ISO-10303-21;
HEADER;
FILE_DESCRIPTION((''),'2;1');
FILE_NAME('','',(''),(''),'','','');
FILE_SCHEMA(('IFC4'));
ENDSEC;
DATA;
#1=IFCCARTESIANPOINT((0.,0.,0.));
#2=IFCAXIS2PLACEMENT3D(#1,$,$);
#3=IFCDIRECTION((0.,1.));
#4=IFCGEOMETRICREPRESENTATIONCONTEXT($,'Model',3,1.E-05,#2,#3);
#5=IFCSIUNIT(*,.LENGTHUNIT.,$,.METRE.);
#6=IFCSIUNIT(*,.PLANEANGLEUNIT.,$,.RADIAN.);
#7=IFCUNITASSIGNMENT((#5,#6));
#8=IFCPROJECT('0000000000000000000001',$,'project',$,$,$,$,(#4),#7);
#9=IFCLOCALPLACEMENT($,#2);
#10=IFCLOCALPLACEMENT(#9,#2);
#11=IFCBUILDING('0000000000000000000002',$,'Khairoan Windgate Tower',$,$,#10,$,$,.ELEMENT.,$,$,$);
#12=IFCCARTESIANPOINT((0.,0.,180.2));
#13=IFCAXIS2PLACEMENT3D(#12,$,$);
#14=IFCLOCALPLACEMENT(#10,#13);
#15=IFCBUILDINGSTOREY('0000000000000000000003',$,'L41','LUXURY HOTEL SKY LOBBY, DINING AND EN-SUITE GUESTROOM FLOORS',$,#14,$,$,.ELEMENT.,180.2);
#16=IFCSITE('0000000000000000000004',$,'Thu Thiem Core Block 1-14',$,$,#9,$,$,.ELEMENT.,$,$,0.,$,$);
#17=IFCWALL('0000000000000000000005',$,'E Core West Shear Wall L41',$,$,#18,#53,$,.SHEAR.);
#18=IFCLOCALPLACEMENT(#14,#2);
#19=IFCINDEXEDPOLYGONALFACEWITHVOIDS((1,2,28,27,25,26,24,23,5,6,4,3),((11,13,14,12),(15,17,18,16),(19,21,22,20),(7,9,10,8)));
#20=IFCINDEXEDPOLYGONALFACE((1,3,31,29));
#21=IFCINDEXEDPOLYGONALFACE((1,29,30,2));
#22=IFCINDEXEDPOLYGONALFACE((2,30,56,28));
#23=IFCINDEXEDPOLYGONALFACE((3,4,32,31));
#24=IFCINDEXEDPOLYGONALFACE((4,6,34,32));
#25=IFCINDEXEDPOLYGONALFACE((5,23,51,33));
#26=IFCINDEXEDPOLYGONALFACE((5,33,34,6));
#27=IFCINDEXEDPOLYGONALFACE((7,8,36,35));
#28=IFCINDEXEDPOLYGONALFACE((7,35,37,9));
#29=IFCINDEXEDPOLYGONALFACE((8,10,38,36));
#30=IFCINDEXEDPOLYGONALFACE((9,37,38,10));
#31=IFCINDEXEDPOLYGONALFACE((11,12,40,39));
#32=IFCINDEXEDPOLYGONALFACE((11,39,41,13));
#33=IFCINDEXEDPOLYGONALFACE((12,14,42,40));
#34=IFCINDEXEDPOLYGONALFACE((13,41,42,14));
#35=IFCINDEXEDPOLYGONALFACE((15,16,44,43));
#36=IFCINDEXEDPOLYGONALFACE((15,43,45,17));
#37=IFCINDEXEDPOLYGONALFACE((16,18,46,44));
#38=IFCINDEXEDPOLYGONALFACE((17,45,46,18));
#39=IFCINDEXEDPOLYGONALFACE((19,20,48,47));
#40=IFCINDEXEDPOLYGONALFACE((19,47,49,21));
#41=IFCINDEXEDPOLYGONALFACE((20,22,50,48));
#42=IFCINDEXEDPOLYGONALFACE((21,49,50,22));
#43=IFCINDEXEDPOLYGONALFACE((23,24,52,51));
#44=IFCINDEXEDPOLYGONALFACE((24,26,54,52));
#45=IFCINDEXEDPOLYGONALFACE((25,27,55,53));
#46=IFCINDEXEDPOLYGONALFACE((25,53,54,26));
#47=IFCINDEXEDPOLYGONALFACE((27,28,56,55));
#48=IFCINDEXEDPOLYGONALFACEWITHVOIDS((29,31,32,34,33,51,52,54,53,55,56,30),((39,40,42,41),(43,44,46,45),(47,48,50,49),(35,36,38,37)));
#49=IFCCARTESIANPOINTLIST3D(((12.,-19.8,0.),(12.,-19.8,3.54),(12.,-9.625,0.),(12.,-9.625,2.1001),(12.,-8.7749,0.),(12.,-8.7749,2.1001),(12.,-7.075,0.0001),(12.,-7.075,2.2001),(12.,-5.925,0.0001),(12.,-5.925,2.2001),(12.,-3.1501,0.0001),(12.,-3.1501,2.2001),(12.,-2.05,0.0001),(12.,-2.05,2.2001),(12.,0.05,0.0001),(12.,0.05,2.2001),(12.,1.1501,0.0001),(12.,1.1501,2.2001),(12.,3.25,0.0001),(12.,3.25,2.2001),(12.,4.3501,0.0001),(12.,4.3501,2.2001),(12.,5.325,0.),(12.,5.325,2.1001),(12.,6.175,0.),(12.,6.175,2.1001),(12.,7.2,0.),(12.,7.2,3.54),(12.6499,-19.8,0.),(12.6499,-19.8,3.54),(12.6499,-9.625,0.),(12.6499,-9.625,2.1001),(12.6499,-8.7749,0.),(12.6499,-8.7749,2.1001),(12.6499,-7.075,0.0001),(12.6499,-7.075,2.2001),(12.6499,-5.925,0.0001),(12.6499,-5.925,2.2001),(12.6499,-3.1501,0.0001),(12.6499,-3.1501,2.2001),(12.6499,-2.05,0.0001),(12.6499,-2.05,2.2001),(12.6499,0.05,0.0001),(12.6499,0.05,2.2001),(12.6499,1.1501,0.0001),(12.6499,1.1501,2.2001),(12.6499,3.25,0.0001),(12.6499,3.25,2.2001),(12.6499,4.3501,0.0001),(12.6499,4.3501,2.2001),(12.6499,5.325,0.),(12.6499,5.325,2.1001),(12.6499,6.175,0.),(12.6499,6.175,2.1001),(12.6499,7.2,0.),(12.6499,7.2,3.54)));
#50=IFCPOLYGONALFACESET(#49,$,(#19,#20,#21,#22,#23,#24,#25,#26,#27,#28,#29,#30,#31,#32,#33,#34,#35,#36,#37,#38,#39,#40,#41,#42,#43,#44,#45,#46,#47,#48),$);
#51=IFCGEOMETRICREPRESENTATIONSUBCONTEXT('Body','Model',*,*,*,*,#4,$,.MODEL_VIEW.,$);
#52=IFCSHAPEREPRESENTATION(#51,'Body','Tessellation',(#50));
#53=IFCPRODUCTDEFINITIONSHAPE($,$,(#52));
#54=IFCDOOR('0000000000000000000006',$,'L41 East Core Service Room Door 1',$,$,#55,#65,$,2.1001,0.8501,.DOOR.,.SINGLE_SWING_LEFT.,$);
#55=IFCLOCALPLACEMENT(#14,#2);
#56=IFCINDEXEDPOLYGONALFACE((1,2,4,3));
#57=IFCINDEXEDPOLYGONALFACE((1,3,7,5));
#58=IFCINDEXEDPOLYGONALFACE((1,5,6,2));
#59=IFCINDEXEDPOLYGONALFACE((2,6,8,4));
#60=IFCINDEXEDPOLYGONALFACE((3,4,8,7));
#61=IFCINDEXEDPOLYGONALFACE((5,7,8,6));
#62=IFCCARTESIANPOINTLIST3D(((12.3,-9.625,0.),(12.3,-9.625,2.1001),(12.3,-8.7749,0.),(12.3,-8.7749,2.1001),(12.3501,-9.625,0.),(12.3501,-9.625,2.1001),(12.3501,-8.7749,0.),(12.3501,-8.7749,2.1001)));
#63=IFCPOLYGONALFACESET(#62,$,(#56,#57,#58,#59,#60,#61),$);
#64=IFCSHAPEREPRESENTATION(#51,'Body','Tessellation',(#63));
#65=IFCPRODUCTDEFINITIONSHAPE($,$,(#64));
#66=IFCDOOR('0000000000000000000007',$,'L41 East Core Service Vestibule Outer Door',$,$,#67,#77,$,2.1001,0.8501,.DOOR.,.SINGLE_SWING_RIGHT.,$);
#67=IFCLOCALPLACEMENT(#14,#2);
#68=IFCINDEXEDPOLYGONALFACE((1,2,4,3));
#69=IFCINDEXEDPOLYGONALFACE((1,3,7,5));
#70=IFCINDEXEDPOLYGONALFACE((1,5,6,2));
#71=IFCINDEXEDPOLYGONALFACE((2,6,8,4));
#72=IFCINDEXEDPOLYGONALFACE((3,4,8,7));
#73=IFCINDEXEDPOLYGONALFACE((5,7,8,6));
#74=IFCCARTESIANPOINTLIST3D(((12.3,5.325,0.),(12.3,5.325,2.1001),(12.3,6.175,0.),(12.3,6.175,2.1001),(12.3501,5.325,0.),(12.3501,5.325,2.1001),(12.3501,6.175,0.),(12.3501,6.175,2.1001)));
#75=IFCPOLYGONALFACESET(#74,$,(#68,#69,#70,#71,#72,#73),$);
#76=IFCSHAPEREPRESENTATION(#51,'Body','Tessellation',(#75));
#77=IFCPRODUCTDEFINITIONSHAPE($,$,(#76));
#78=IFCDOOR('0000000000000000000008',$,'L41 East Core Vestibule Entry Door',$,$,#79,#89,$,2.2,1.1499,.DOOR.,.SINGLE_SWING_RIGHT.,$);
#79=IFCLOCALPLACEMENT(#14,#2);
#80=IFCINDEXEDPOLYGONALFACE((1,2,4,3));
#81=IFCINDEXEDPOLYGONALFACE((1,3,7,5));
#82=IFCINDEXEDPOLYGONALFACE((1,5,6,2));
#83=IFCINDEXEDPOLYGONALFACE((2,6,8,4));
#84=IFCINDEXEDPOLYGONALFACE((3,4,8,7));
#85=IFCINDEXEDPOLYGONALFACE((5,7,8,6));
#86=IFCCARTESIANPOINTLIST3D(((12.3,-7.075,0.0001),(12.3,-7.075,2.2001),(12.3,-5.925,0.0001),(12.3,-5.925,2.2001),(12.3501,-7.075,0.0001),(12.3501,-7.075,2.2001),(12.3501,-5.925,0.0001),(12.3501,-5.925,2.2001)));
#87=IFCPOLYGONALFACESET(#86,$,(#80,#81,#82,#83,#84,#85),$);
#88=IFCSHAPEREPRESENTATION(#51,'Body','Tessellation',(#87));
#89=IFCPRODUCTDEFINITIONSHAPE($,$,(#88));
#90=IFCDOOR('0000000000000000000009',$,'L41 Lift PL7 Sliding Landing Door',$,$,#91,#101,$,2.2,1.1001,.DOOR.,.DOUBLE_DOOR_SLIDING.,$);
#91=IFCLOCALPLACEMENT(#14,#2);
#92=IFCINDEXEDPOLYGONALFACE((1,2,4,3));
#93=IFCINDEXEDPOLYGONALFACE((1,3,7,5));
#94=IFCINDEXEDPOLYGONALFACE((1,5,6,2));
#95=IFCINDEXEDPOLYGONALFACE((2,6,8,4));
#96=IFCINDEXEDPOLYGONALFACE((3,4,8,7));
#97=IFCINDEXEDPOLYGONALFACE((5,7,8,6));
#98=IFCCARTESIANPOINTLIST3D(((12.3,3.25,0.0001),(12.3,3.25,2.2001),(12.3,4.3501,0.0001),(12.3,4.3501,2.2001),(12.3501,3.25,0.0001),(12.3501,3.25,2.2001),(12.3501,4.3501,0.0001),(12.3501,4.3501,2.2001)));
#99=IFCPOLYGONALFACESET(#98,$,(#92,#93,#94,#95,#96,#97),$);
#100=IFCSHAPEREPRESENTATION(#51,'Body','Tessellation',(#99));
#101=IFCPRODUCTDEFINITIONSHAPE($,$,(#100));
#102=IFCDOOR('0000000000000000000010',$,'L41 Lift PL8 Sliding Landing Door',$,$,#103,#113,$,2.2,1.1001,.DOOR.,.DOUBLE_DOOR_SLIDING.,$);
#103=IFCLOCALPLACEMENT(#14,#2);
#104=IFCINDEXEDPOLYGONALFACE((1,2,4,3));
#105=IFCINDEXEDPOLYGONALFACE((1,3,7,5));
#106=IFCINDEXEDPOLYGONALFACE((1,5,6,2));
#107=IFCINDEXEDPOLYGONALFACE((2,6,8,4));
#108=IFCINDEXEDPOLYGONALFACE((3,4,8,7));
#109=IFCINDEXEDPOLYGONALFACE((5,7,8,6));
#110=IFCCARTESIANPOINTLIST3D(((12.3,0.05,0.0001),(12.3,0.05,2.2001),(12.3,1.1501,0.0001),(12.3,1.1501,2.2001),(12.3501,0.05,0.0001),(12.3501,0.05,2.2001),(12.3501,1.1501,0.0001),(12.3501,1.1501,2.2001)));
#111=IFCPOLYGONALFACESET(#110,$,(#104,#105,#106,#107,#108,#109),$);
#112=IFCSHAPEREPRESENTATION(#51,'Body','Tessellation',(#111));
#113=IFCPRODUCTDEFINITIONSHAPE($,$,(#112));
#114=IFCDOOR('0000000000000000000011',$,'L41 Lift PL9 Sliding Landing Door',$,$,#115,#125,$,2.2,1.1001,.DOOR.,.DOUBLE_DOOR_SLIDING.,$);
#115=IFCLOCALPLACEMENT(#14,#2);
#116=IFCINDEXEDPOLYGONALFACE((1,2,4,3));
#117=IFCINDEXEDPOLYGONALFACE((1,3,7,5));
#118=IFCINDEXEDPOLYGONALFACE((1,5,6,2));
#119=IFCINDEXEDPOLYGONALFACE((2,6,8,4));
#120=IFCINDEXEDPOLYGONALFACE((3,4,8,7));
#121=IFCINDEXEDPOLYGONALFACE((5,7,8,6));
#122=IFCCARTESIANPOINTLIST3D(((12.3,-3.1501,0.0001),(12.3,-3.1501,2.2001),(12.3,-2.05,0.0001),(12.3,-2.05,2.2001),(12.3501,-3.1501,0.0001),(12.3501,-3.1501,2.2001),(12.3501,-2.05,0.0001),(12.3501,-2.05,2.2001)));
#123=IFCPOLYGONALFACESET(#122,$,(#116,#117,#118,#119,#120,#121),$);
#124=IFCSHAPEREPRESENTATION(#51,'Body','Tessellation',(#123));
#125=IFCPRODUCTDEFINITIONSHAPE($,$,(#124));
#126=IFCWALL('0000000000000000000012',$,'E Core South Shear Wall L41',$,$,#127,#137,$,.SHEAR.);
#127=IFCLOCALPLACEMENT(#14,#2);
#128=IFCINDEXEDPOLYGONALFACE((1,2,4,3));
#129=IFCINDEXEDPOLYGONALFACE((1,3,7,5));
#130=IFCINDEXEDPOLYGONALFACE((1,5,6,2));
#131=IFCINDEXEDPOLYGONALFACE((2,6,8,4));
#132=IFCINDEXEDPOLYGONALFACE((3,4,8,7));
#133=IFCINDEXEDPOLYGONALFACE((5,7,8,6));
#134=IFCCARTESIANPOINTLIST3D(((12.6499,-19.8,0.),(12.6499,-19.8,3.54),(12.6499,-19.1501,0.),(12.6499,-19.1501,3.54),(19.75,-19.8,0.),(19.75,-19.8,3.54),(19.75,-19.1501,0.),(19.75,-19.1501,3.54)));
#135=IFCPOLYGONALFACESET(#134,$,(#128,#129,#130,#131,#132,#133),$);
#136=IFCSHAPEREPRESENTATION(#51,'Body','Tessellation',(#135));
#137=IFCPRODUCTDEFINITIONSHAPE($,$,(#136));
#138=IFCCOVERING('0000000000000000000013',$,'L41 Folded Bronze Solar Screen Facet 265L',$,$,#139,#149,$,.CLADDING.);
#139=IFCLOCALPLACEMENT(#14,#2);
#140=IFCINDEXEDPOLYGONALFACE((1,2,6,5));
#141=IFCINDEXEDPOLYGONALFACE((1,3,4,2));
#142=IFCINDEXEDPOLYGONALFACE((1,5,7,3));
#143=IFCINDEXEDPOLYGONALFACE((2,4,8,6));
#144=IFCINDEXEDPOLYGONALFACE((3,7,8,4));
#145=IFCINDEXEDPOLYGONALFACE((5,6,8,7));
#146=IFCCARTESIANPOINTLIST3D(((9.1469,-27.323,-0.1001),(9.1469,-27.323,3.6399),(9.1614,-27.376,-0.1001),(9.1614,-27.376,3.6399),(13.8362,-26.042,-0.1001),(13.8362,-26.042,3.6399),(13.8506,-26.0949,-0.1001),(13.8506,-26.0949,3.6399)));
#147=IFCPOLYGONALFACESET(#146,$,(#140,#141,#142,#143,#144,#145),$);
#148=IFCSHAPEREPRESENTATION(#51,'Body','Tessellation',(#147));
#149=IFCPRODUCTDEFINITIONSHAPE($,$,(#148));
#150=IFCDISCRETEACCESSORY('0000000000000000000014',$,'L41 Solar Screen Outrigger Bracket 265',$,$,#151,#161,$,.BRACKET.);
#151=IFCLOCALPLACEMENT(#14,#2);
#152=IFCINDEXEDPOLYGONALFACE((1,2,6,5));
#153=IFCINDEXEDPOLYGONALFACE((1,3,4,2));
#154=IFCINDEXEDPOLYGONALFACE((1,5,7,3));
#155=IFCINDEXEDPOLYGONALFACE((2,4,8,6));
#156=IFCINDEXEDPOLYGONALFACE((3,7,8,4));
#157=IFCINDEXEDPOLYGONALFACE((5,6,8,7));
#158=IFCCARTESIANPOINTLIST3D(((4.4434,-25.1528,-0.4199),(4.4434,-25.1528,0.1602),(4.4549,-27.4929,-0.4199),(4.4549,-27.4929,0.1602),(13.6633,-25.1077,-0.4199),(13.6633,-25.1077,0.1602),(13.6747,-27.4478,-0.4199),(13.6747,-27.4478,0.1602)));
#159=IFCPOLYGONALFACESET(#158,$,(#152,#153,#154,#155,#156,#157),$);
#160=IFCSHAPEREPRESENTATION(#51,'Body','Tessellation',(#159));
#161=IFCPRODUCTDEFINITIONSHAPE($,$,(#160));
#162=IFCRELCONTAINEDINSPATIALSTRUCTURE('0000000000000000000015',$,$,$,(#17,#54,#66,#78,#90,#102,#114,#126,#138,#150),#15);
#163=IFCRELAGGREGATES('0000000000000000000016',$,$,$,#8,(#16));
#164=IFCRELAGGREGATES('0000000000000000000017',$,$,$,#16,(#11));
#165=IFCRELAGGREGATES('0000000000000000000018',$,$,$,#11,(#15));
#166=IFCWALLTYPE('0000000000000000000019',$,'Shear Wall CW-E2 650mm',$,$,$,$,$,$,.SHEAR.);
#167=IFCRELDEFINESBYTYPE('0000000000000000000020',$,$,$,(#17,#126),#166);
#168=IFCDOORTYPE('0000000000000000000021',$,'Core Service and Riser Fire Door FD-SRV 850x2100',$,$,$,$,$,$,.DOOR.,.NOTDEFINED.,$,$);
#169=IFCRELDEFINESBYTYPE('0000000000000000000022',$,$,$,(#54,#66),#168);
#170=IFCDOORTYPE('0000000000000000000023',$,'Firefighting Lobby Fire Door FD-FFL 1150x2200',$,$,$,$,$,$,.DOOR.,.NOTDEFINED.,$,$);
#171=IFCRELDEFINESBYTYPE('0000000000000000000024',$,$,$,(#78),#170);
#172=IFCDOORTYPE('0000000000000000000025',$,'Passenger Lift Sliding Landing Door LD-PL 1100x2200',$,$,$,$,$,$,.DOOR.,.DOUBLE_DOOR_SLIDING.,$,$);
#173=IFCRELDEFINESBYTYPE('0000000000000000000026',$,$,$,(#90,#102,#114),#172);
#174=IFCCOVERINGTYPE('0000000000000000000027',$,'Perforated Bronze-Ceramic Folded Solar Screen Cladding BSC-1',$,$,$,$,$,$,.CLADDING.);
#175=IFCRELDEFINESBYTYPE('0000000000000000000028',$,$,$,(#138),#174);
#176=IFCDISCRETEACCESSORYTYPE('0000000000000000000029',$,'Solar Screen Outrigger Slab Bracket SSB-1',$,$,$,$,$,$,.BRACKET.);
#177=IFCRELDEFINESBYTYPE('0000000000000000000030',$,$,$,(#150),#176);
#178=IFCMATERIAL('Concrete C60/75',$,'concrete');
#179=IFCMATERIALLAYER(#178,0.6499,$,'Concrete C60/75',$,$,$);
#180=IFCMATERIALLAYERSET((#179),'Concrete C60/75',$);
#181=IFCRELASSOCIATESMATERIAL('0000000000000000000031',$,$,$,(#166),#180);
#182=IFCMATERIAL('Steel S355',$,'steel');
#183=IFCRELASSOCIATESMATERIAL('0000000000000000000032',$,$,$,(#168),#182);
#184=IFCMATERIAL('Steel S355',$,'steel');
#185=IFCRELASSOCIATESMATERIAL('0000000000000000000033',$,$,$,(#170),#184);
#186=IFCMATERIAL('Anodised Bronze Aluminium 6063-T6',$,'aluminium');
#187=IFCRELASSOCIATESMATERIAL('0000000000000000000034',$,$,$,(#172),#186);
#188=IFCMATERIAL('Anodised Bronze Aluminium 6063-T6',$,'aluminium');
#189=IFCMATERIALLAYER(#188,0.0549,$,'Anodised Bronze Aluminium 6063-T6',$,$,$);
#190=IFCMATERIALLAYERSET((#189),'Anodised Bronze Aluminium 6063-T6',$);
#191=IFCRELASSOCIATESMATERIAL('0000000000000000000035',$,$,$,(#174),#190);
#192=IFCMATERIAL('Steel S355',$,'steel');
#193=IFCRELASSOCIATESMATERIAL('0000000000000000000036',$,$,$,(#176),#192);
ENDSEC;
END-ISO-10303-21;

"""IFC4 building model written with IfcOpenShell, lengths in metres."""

from ifc_helpers import new_model, si_unit, direction, frame, frame_2d, origin, origin_2d, place, context, subcontext, project, spatial, rectangle, extrude, material, layer, layer_set, type_object, element, fill, save


model = new_model("IFC4")

# Units and contexts
model_context = context("Model", 3, precision=1e-05, world=origin(), true_north=direction((0.0, 1.0)))
body_context = subcontext(model_context, "Body", "Model", "MODEL_VIEW")
ifc_project = project(units=[si_unit("LENGTHUNIT", "METRE"), si_unit("PLANEANGLEUNIT", "RADIAN")], contexts=[model_context])

# Site, building, storey
site_placement = place(None, origin())
site = spatial("IfcSite", under=ifc_project, at=site_placement, Name="Thu Thiem Core Block 1-14", CompositionType="ELEMENT", RefElevation=0.0)
building_placement = place(site_placement, origin())
building = spatial("IfcBuilding", under=site, at=building_placement, Name="Khairoan Windgate Tower", CompositionType="ELEMENT")
storey_placement = place(building_placement, frame((0.0, 0.0, 180.2)))
storey = spatial("IfcBuildingStorey", under=building, at=storey_placement, Name="L41", Description="LUXURY HOTEL SKY LOBBY, DINING AND EN-SUITE GUESTROOM FLOORS", CompositionType="ELEMENT", Elevation=180.2)

# Wall, openings, doors
ifc_material_1 = material(Name="Concrete C60/75", Category="concrete")
ifc_layer_1 = layer(ifc_material_1, 0.6499, Name="Concrete C60/75")
ifc_layer_set_1 = layer_set([ifc_layer_1], Name="Concrete C60/75")
wall_type_1 = type_object("IfcWallType", Name="Shear Wall CW-E2 650mm", PredefinedType="SHEAR", material=ifc_layer_set_1)
wall_1_placement = place(storey_placement, frame((12.325, -19.8, 0.0), z_axis=(0.0, 0.0, 1.0), x_axis=(0.0, 1.0, 0.0)))
wall_1 = element("IfcWall", 1, at=wall_1_placement, inside=storey, type_object=wall_type_1, Name="E Core West Shear Wall L41", PredefinedType="SHEAR", context=body_context, shape_type="SweptSolid", body=[
    extrude(rectangle(XDim=27.0, YDim=0.6499, at=frame_2d((13.5, 0.0))), origin(), (0.0, 0.0, 1.0), 3.54),
])
opening_1_placement = place(wall_1_placement, frame((23.05, 0.0, 0.0)))
opening_1 = element("IfcOpeningElement", 2, at=opening_1_placement, cuts=wall_1, PredefinedType="OPENING", context=body_context, shape_type="SweptSolid", body=[
    extrude(rectangle(XDim=1.1001, YDim=2.2, at=frame_2d((0.55, 1.1001))), frame((0.0, 0.335, 0.0), z_axis=(0.0, -1.0, 0.0), x_axis=(1.0, 0.0, 0.0)), (0.0, 0.0, 1.0), 0.6699),
])
opening_2_placement = place(wall_1_placement, frame((19.8501, 0.0, 0.0)))
opening_2 = element("IfcOpeningElement", 3, at=opening_2_placement, cuts=wall_1, PredefinedType="OPENING", context=body_context, shape_type="SweptSolid", body=[
    extrude(rectangle(XDim=1.1001, YDim=2.2, at=frame_2d((0.55, 1.1001))), frame((0.0, 0.335, 0.0), z_axis=(0.0, -1.0, 0.0), x_axis=(1.0, 0.0, 0.0)), (0.0, 0.0, 1.0), 0.6699),
])
opening_3_placement = place(wall_1_placement, frame((16.6499, 0.0, 0.0)))
opening_3 = element("IfcOpeningElement", 4, at=opening_3_placement, cuts=wall_1, PredefinedType="OPENING", context=body_context, shape_type="SweptSolid", body=[
    extrude(rectangle(XDim=1.1001, YDim=2.2, at=frame_2d((0.55, 1.1001))), frame((0.0, 0.335, 0.0), z_axis=(0.0, -1.0, 0.0), x_axis=(1.0, 0.0, 0.0)), (0.0, 0.0, 1.0), 0.6699),
])
opening_4_placement = place(wall_1_placement, frame((10.175, 0.0, 0.0)))
opening_4 = element("IfcOpeningElement", 5, at=opening_4_placement, cuts=wall_1, PredefinedType="OPENING", context=body_context, shape_type="SweptSolid", body=[
    extrude(rectangle(XDim=0.8501, YDim=2.1001, at=frame_2d((0.425, 1.05))), frame((0.0, 0.335, 0.0), z_axis=(0.0, -1.0, 0.0), x_axis=(1.0, 0.0, 0.0)), (0.0, 0.0, 1.0), 0.6699),
])
opening_5_placement = place(wall_1_placement, frame((12.7251, 0.0, 0.0)))
opening_5 = element("IfcOpeningElement", 6, at=opening_5_placement, cuts=wall_1, PredefinedType="OPENING", context=body_context, shape_type="SweptSolid", body=[
    extrude(rectangle(XDim=1.1499, YDim=2.2, at=frame_2d((0.575, 1.1001))), frame((0.0, 0.335, 0.0), z_axis=(0.0, -1.0, 0.0), x_axis=(1.0, 0.0, 0.0)), (0.0, 0.0, 1.0), 0.6699),
])
opening_6_placement = place(wall_1_placement, frame((25.125, 0.0, 0.0)))
opening_6 = element("IfcOpeningElement", 7, at=opening_6_placement, cuts=wall_1, PredefinedType="OPENING", context=body_context, shape_type="SweptSolid", body=[
    extrude(rectangle(XDim=0.8501, YDim=2.1001, at=frame_2d((0.425, 1.05))), frame((0.0, 0.335, 0.0), z_axis=(0.0, -1.0, 0.0), x_axis=(1.0, 0.0, 0.0)), (0.0, 0.0, 1.0), 0.6699),
])
ifc_material_2 = material(Name="Steel S355", Category="steel")
door_type_1 = type_object("IfcDoorType", Name="Core Service and Riser Fire Door FD-SRV 850x2100", OperationType="NOTDEFINED", PredefinedType="DOOR", material=ifc_material_2)
door_1_placement = place(opening_4_placement, origin())
door_1 = element("IfcDoor", 8, at=door_1_placement, inside=storey, type_object=door_type_1, Name="L41 East Core Service Room Door 1", OperationType="SINGLE_SWING_LEFT", OverallHeight=2.1001, OverallWidth=0.8501, PredefinedType="DOOR", context=body_context, shape_type="SweptSolid", body=[
    extrude(rectangle(XDim=0.8501, YDim=2.1001, at=frame_2d((0.425, 1.05))), frame((0.0, 0.0249, 0.0), z_axis=(0.0, -1.0, 0.0), x_axis=(1.0, 0.0, 0.0)), (0.0, 0.0, 1.0), 0.05),
])
fill(opening_4, door_1)
door_2_placement = place(opening_6_placement, origin())
door_2 = element("IfcDoor", 9, at=door_2_placement, inside=storey, type_object=door_type_1, Name="L41 East Core Service Vestibule Outer Door", OperationType="SINGLE_SWING_RIGHT", OverallHeight=2.1001, OverallWidth=0.8501, PredefinedType="DOOR", context=body_context, shape_type="SweptSolid", body=[
    extrude(rectangle(XDim=0.8501, YDim=2.1001, at=frame_2d((0.425, 1.05))), frame((0.0, 0.0249, 0.0), z_axis=(0.0, -1.0, 0.0), x_axis=(1.0, 0.0, 0.0)), (0.0, 0.0, 1.0), 0.05),
])
fill(opening_6, door_2)
ifc_material_3 = material(Name="Steel S355", Category="steel")
door_type_2 = type_object("IfcDoorType", Name="Firefighting Lobby Fire Door FD-FFL 1150x2200", OperationType="NOTDEFINED", PredefinedType="DOOR", material=ifc_material_3)
door_3_placement = place(opening_5_placement, origin())
door_3 = element("IfcDoor", 10, at=door_3_placement, inside=storey, type_object=door_type_2, Name="L41 East Core Vestibule Entry Door", OperationType="SINGLE_SWING_RIGHT", OverallHeight=2.2, OverallWidth=1.1499, PredefinedType="DOOR", context=body_context, shape_type="SweptSolid", body=[
    extrude(rectangle(XDim=1.1499, YDim=2.2, at=frame_2d((0.575, 1.1001))), frame((0.0, 0.0249, 0.0), z_axis=(0.0, -1.0, 0.0), x_axis=(1.0, 0.0, 0.0)), (0.0, 0.0, 1.0), 0.05),
])
fill(opening_5, door_3)
ifc_material_4 = material(Name="Anodised Bronze Aluminium 6063-T6", Category="aluminium")
door_type_3 = type_object("IfcDoorType", Name="Passenger Lift Sliding Landing Door LD-PL 1100x2200", OperationType="DOUBLE_DOOR_SLIDING", PredefinedType="DOOR", material=ifc_material_4)
door_4_placement = place(opening_1_placement, origin())
door_4 = element("IfcDoor", 11, at=door_4_placement, inside=storey, type_object=door_type_3, Name="L41 Lift PL7 Sliding Landing Door", OperationType="DOUBLE_DOOR_SLIDING", OverallHeight=2.2, OverallWidth=1.1001, PredefinedType="DOOR", context=body_context, shape_type="SweptSolid", body=[
    extrude(rectangle(XDim=1.1001, YDim=2.2, at=frame_2d((0.55, 1.1001))), frame((0.0, 0.0249, 0.0), z_axis=(0.0, -1.0, 0.0), x_axis=(1.0, 0.0, 0.0)), (0.0, 0.0, 1.0), 0.05),
])
fill(opening_1, door_4)
door_5_placement = place(opening_2_placement, origin())
door_5 = element("IfcDoor", 12, at=door_5_placement, inside=storey, type_object=door_type_3, Name="L41 Lift PL8 Sliding Landing Door", OperationType="DOUBLE_DOOR_SLIDING", OverallHeight=2.2, OverallWidth=1.1001, PredefinedType="DOOR", context=body_context, shape_type="SweptSolid", body=[
    extrude(rectangle(XDim=1.1001, YDim=2.2, at=frame_2d((0.55, 1.1001))), frame((0.0, 0.0249, 0.0), z_axis=(0.0, -1.0, 0.0), x_axis=(1.0, 0.0, 0.0)), (0.0, 0.0, 1.0), 0.05),
])
fill(opening_2, door_5)
door_6_placement = place(opening_3_placement, origin())
door_6 = element("IfcDoor", 13, at=door_6_placement, inside=storey, type_object=door_type_3, Name="L41 Lift PL9 Sliding Landing Door", OperationType="DOUBLE_DOOR_SLIDING", OverallHeight=2.2, OverallWidth=1.1001, PredefinedType="DOOR", context=body_context, shape_type="SweptSolid", body=[
    extrude(rectangle(XDim=1.1001, YDim=2.2, at=frame_2d((0.55, 1.1001))), frame((0.0, 0.0249, 0.0), z_axis=(0.0, -1.0, 0.0), x_axis=(1.0, 0.0, 0.0)), (0.0, 0.0, 1.0), 0.05),
])
fill(opening_3, door_6)

# Wall
wall_2_placement = place(storey_placement, frame((12.6499, -19.4751, 0.0), z_axis=(0.0, 0.0, 1.0), x_axis=(1.0, 0.0, 0.0)))
element("IfcWall", 14, at=wall_2_placement, inside=storey, type_object=wall_type_1, Name="E Core South Shear Wall L41", PredefinedType="SHEAR", context=body_context, shape_type="SweptSolid", body=[
    extrude(rectangle(XDim=7.1001, YDim=0.6499, at=frame_2d((3.55, 0.0))), origin(), (0.0, 0.0, 1.0), 3.54),
])

# Covering
ifc_material_5 = material(Name="Anodised Bronze Aluminium 6063-T6", Category="aluminium")
ifc_layer_2 = layer(ifc_material_5, 0.0549, Name="Anodised Bronze Aluminium 6063-T6")
ifc_layer_set_2 = layer_set([ifc_layer_2], Name="Anodised Bronze Aluminium 6063-T6")
covering_type = type_object("IfcCoveringType", Name="Perforated Bronze-Ceramic Folded Solar Screen Cladding BSC-1", PredefinedType="CLADDING", material=ifc_layer_set_2)
covering_placement = place(storey_placement, frame((11.4988, -26.709, -0.1001), z_axis=(0.0, 0.0, 1.0), x_axis=(-0.964649, -0.263536, 0.0)))
element("IfcCovering", 15, at=covering_placement, inside=storey, type_object=covering_type, Name="L41 Folded Bronze Solar Screen Facet 265L", PredefinedType="CLADDING", context=body_context, shape_type="SweptSolid", body=[
    extrude(rectangle(XDim=4.8611, YDim=0.0549, at=origin_2d()), origin(), (0.0, 0.0, 1.0), 3.74),
])

# Discrete accessory
ifc_material_6 = material(Name="Steel S355", Category="steel")
discrete_accessory_type = type_object("IfcDiscreteAccessoryType", Name="Solar Screen Outrigger Slab Bracket SSB-1", PredefinedType="BRACKET", material=ifc_material_6)
discrete_accessory_placement = place(storey_placement, frame((9.0591, -26.3003, -0.4199), z_axis=(0.0, 0.0, 1.0), x_axis=(-0.999988, -0.004887, 0.0)))
element("IfcDiscreteAccessory", 16, at=discrete_accessory_placement, inside=storey, type_object=discrete_accessory_type, Name="L41 Solar Screen Outrigger Bracket 265", PredefinedType="BRACKET", context=body_context, shape_type="SweptSolid", body=[
    extrude(rectangle(XDim=9.22, YDim=2.3401, at=origin_2d()), origin(), (0.0, 0.0, 1.0), 0.5801),
])

save(model, "model.ifc")
